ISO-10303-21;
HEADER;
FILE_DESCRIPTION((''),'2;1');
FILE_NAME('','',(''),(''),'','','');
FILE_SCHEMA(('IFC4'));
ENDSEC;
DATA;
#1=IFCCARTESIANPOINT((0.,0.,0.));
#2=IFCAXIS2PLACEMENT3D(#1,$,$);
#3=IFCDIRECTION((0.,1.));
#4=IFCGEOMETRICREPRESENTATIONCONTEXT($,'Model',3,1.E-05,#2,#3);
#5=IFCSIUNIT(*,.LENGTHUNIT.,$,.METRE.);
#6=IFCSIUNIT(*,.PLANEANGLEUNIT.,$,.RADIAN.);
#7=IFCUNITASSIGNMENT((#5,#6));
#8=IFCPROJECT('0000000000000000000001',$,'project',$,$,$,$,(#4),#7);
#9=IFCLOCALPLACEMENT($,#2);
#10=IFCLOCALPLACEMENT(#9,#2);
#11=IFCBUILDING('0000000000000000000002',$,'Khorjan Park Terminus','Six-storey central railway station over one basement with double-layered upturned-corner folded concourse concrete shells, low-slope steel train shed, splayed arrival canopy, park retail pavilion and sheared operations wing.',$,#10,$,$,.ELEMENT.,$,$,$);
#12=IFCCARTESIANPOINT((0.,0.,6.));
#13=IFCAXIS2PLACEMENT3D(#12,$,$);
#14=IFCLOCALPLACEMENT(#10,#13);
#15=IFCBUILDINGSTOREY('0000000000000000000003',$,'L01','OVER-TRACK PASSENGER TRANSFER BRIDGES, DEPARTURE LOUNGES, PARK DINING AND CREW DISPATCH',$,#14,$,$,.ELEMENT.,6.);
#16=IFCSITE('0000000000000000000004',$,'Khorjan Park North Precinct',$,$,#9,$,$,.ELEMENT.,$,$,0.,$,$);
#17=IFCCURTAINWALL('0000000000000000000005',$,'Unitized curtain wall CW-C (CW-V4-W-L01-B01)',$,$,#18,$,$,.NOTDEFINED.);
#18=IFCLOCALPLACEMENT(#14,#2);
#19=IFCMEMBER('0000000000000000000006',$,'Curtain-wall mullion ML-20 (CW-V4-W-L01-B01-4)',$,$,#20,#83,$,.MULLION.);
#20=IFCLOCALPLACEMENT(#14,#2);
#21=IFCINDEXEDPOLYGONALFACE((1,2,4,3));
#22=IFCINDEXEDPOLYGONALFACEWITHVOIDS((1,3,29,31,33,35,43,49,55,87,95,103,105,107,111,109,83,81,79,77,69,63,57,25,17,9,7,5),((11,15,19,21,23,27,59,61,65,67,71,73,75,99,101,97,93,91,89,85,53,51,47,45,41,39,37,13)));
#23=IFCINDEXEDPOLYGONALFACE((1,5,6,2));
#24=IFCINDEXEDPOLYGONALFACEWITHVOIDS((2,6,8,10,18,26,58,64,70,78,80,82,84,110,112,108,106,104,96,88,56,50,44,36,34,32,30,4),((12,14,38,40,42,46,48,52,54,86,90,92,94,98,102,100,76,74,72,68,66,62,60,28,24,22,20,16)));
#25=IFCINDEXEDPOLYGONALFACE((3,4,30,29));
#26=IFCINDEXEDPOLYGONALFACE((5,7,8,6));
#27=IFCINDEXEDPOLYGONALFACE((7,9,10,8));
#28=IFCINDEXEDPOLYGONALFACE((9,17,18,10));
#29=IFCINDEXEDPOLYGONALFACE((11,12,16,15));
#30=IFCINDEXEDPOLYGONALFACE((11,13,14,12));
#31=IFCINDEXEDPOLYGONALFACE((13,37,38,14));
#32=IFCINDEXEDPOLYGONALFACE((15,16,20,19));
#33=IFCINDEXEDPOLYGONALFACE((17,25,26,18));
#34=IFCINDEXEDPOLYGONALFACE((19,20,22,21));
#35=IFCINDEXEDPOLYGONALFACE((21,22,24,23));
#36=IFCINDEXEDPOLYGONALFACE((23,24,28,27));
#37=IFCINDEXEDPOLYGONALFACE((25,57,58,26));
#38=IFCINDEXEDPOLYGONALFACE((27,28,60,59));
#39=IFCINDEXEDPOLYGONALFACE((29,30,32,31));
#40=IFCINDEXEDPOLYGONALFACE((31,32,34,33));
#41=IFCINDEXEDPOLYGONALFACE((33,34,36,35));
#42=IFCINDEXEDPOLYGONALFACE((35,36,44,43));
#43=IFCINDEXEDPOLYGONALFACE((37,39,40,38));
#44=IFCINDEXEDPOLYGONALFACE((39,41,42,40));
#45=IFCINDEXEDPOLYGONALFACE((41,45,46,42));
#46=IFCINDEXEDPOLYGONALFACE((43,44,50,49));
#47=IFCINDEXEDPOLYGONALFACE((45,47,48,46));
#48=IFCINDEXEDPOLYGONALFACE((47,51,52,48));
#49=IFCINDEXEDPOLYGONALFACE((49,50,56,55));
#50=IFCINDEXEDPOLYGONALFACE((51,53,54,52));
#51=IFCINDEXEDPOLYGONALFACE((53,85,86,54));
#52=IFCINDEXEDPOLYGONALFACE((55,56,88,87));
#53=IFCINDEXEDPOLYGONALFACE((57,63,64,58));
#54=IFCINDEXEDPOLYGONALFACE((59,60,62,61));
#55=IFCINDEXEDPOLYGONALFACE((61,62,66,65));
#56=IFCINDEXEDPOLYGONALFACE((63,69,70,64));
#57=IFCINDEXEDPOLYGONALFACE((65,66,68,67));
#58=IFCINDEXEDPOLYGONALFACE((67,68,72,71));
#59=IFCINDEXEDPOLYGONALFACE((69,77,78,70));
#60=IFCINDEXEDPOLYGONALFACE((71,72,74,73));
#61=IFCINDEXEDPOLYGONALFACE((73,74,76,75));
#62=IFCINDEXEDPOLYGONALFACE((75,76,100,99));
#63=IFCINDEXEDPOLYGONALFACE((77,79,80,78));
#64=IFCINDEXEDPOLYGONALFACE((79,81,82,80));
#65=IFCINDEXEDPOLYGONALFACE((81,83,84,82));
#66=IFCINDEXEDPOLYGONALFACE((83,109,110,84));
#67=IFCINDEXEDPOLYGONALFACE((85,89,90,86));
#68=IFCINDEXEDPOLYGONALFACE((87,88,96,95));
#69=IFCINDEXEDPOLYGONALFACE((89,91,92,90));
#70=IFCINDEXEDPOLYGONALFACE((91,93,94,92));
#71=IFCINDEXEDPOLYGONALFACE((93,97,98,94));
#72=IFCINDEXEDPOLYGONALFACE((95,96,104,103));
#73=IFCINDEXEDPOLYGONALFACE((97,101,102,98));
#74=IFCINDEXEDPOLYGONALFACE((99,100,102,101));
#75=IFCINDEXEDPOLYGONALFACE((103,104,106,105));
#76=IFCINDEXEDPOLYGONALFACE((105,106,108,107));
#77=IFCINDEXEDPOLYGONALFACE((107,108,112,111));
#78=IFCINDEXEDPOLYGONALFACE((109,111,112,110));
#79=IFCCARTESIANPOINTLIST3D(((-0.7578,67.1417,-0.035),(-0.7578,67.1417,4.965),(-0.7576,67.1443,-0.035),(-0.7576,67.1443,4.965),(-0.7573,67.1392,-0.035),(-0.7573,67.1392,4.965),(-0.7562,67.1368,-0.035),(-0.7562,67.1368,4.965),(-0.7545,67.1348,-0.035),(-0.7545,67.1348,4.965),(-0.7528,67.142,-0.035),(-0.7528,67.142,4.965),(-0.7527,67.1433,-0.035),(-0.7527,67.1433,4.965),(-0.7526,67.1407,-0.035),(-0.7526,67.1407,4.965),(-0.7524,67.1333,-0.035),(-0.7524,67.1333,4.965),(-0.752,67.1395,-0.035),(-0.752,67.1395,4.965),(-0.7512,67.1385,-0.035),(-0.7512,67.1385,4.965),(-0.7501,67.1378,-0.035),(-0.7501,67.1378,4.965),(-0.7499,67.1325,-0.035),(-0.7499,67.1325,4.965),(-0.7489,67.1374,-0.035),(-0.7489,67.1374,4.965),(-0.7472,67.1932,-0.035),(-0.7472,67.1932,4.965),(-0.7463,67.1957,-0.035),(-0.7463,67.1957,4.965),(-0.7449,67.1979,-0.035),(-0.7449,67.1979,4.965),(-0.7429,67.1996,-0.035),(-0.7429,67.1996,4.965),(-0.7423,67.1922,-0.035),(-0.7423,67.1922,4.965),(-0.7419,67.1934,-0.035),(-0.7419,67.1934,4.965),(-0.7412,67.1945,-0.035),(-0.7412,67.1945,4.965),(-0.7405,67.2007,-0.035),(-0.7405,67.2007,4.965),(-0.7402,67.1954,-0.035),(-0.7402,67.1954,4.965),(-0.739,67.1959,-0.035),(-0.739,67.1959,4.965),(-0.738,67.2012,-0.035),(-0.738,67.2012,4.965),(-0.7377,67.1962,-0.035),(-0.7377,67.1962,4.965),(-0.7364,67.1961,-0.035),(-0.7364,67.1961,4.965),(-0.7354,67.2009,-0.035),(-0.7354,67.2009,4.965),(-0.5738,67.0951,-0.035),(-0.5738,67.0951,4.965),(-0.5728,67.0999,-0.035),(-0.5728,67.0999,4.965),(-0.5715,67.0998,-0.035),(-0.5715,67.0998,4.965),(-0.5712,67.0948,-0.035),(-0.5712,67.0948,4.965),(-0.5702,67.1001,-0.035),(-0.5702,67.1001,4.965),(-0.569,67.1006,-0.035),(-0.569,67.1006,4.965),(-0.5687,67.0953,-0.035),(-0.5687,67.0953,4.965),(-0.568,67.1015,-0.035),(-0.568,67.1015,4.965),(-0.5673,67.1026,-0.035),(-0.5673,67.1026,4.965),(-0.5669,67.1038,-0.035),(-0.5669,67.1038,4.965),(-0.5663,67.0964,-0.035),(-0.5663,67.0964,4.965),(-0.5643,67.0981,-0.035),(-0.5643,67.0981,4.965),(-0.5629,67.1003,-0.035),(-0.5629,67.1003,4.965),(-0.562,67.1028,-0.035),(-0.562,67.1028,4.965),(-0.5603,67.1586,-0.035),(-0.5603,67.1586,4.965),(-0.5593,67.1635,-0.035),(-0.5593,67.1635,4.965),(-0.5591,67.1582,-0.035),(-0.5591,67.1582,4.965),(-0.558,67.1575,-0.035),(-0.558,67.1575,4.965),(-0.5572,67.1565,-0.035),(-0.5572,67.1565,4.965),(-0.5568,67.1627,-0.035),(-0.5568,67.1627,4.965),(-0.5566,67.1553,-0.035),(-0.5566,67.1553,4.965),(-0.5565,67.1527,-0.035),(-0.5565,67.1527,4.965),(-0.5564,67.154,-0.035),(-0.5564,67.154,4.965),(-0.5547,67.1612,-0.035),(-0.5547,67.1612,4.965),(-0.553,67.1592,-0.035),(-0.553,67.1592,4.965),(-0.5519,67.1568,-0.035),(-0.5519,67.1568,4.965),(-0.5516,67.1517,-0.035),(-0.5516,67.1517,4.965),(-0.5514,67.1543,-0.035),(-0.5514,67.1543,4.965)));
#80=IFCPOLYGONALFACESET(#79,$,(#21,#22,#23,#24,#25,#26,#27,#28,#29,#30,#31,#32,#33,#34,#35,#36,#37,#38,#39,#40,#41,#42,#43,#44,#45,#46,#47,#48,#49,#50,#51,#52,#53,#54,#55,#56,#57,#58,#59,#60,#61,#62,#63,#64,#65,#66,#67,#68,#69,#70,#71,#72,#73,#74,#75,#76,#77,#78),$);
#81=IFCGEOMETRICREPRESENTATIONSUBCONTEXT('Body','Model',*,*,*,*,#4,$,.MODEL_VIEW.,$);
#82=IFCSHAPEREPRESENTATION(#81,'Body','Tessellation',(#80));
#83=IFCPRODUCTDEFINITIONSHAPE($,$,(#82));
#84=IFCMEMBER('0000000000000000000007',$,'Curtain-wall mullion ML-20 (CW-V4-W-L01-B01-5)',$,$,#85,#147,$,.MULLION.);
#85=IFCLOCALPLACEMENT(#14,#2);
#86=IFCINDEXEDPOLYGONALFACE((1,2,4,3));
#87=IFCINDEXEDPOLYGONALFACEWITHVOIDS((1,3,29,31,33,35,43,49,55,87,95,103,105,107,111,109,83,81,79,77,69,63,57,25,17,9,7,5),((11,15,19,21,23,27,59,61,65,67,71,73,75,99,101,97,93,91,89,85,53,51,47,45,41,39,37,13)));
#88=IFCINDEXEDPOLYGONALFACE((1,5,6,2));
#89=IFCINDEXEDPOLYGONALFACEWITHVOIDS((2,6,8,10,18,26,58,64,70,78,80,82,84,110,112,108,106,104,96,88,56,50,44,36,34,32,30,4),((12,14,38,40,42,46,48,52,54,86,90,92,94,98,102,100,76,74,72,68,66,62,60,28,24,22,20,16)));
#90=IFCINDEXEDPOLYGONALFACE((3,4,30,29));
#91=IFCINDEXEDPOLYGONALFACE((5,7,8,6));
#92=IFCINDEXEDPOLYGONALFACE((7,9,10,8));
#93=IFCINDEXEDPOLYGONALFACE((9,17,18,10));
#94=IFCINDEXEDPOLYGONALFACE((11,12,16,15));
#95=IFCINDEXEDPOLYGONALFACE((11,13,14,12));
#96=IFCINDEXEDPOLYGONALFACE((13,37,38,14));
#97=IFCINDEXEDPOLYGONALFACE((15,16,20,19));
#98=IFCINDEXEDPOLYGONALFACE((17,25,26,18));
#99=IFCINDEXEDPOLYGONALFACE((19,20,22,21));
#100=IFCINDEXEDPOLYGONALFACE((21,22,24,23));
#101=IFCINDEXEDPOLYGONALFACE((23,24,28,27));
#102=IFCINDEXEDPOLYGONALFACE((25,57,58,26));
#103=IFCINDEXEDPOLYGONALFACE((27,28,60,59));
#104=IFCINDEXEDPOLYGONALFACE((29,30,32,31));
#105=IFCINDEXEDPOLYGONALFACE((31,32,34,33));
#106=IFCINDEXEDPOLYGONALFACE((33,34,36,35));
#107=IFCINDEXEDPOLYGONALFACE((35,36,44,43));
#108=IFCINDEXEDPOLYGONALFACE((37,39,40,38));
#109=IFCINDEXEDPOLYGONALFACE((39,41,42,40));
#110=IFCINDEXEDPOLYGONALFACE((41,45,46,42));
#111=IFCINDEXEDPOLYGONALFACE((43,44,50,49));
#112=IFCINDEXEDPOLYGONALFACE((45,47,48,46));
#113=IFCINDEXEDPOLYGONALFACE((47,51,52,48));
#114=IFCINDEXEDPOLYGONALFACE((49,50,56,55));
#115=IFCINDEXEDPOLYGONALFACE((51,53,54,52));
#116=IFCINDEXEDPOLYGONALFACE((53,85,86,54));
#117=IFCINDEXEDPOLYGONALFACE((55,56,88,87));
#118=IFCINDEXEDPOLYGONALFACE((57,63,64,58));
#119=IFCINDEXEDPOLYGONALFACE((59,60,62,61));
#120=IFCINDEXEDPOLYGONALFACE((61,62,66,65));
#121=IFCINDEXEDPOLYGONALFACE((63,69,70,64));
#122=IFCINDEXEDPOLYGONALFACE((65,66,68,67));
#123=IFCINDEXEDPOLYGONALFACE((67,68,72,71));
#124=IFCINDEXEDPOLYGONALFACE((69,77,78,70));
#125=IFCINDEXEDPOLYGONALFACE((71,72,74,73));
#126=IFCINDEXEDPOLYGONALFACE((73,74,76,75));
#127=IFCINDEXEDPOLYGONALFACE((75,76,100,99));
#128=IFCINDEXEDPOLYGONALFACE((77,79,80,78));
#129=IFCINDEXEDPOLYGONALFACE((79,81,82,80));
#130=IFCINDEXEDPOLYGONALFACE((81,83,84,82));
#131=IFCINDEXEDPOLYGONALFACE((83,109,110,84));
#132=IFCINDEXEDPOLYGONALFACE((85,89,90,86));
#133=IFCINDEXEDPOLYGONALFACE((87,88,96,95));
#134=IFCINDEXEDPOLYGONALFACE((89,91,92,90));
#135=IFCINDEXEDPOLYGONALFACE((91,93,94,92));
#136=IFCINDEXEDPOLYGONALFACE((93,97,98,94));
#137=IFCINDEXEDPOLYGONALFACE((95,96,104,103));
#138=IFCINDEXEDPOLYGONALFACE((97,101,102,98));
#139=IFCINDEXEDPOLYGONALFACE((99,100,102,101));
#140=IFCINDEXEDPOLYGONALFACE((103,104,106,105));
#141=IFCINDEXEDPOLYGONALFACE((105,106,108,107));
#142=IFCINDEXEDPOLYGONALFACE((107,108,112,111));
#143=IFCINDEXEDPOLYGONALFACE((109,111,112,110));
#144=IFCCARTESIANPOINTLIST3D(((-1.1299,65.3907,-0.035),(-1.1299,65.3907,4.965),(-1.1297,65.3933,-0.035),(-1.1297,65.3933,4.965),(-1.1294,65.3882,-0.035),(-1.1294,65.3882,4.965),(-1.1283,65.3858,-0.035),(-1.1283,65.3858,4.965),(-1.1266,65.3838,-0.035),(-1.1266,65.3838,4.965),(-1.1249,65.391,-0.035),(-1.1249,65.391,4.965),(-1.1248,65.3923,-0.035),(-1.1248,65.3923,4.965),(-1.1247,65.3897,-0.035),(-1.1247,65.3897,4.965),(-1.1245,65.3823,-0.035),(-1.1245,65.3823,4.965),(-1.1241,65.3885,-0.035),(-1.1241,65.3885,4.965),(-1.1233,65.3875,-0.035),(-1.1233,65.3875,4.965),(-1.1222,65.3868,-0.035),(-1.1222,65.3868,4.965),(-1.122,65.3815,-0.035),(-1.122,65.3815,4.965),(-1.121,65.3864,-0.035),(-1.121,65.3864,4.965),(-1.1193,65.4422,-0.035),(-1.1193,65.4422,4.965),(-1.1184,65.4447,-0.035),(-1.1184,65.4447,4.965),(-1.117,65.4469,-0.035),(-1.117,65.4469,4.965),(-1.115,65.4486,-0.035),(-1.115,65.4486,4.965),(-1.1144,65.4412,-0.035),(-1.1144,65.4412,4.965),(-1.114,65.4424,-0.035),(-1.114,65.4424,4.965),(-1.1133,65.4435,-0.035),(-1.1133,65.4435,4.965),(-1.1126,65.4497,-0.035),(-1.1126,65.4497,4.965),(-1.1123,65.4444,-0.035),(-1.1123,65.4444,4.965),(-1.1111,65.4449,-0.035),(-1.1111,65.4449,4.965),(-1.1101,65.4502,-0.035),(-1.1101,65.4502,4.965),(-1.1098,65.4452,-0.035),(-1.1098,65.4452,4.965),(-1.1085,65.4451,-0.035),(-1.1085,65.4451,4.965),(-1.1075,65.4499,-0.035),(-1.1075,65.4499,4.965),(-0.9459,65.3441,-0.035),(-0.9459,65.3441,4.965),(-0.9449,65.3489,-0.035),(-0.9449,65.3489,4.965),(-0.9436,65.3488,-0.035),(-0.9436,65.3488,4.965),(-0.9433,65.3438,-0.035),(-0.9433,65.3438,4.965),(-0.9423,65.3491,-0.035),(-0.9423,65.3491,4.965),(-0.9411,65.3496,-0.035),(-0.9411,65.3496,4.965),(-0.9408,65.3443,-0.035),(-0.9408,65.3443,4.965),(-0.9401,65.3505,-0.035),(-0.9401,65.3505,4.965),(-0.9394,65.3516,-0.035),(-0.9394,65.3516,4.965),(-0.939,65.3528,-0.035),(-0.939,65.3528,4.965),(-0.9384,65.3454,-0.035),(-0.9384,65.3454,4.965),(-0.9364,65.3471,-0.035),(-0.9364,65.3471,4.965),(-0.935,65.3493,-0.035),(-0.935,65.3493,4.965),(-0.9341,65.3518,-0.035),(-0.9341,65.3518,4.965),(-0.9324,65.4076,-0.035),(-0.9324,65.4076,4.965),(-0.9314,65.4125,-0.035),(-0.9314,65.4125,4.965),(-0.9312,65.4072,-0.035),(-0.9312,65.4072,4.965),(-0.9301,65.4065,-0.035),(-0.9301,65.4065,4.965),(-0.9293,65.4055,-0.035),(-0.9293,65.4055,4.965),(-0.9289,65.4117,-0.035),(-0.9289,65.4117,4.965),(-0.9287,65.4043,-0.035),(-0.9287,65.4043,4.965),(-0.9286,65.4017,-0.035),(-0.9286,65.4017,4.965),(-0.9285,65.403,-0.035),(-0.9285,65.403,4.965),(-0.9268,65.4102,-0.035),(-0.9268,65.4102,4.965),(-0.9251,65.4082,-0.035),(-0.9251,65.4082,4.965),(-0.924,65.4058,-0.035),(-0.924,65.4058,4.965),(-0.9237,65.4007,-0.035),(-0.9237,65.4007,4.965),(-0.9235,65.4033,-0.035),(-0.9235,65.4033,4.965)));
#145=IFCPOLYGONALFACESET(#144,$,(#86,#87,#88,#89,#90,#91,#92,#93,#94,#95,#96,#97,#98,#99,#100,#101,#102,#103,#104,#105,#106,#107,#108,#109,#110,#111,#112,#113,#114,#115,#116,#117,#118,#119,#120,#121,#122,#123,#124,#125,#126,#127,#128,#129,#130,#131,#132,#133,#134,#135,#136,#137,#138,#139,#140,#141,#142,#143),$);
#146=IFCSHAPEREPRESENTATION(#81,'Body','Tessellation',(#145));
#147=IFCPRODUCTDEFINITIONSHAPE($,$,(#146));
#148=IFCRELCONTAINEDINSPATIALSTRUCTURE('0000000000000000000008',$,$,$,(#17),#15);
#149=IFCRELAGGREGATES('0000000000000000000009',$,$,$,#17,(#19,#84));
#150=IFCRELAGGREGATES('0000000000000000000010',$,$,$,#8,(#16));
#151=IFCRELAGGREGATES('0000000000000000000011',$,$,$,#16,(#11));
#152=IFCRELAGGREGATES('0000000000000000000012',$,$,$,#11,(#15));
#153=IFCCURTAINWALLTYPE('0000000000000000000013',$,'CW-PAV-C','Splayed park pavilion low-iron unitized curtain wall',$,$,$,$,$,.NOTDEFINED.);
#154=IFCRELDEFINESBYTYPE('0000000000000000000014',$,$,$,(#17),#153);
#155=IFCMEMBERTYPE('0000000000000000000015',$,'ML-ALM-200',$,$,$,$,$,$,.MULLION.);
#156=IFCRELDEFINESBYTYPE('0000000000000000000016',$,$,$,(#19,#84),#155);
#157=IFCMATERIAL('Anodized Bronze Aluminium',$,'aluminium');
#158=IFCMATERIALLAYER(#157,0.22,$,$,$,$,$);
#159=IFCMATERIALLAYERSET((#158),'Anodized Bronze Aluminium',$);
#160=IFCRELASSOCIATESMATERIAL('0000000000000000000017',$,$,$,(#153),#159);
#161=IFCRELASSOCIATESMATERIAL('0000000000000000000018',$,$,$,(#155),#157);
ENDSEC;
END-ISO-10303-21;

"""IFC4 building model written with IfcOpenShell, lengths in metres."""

from ifc_helpers import new_model, si_unit, direction, frame, origin, origin_2d, place, context, subcontext, project, spatial, hollow_rectangle, extrude, material, layer, layer_set, material_profile, profile_set, type_object, element, aggregate, save


model = new_model("IFC4")

# Units and contexts
model_context = context("Model", 3, precision=1e-05, world=origin(), true_north=direction((0.0, 1.0)))
body_context = subcontext(model_context, "Body", "Model", "MODEL_VIEW")
ifc_project = project(units=[si_unit("LENGTHUNIT", "METRE"), si_unit("PLANEANGLEUNIT", "RADIAN")], contexts=[model_context])

# Site, building, storey
site_placement = place(None, origin())
site = spatial("IfcSite", under=ifc_project, at=site_placement, Name="Khorjan Park North Precinct", CompositionType="ELEMENT", RefElevation=0.0)
building_placement = place(site_placement, origin())
building = spatial("IfcBuilding", under=site, at=building_placement, Name="Khorjan Park Terminus", Description="Six-storey central railway station over one basement with double-layered upturned-corner folded concourse concrete shells, low-slope steel train shed, splayed arrival canopy, park retail pavilion and sheared operations wing.", CompositionType="ELEMENT")
storey_placement = place(building_placement, frame((0.0, 0.0, 6.0)))
storey = spatial("IfcBuildingStorey", under=building, at=storey_placement, Name="L01", Description="OVER-TRACK PASSENGER TRANSFER BRIDGES, DEPARTURE LOUNGES, PARK DINING AND CREW DISPATCH", CompositionType="ELEMENT", Elevation=6.0)

# Curtain wall, members
ifc_material_1 = material(Name="Anodized Bronze Aluminium", Category="aluminium")
ifc_layer_1 = layer(ifc_material_1, 0.22)
ifc_layer_set_1 = layer_set([ifc_layer_1], Name="Anodized Bronze Aluminium")
curtain_wall_type = type_object("IfcCurtainWallType", Name="CW-PAV-C", Description="Splayed park pavilion low-iron unitized curtain wall", PredefinedType="NOTDEFINED", material=ifc_layer_set_1)
curtain_wall_placement = place(storey_placement, origin())
curtain_wall = element("IfcCurtainWall", 1, at=curtain_wall_placement, inside=storey, type_object=curtain_wall_type, Name="Unitized curtain wall CW-C (CW-V4-W-L01-B01)", PredefinedType="NOTDEFINED")
ifc_material_profile_1 = material_profile(ifc_material_1, hollow_rectangle(XDim=0.07, YDim=0.2, WallThickness=0.005, InnerFilletRadius=0.005, OuterFilletRadius=0.01, at=origin_2d()), Name="ALM 70x200x5")
ifc_profile_set_1 = profile_set([ifc_material_profile_1], Name="Anodized Bronze Aluminium")
member_type_1 = type_object("IfcMemberType", Name="ML-ALM-200", PredefinedType="MULLION", material=ifc_profile_set_1)
member_1_placement = place(storey_placement, frame((-0.6546, 67.148, -0.035), z_axis=(0.0, 0.0, 1.0), x_axis=(-0.207907, -0.978149, 0.0)))
member_1 = element("IfcMember", 2, at=member_1_placement, type_object=member_type_1, Name="Curtain-wall mullion ML-20 (CW-V4-W-L01-B01-4)", PredefinedType="MULLION", context=body_context, shape_type="SweptSolid", body=[
    extrude(hollow_rectangle(XDim=0.07, YDim=0.2, WallThickness=0.005, InnerFilletRadius=0.005, OuterFilletRadius=0.01, at=origin_2d()), origin(), (0.0, 0.0, 1.0), 5.0),
])
member_2_placement = place(storey_placement, frame((-1.0267, 65.397, -0.035), z_axis=(0.0, 0.0, 1.0), x_axis=(-0.207907, -0.978149, 0.0)))
member_2 = element("IfcMember", 3, at=member_2_placement, type_object=member_type_1, Name="Curtain-wall mullion ML-20 (CW-V4-W-L01-B01-5)", PredefinedType="MULLION", context=body_context, shape_type="SweptSolid", body=[
    extrude(hollow_rectangle(XDim=0.07, YDim=0.2, WallThickness=0.005, InnerFilletRadius=0.005, OuterFilletRadius=0.01, at=origin_2d()), origin(), (0.0, 0.0, 1.0), 5.0),
])
aggregate(curtain_wall, [member_1, member_2])

save(model, "model.ifc")
